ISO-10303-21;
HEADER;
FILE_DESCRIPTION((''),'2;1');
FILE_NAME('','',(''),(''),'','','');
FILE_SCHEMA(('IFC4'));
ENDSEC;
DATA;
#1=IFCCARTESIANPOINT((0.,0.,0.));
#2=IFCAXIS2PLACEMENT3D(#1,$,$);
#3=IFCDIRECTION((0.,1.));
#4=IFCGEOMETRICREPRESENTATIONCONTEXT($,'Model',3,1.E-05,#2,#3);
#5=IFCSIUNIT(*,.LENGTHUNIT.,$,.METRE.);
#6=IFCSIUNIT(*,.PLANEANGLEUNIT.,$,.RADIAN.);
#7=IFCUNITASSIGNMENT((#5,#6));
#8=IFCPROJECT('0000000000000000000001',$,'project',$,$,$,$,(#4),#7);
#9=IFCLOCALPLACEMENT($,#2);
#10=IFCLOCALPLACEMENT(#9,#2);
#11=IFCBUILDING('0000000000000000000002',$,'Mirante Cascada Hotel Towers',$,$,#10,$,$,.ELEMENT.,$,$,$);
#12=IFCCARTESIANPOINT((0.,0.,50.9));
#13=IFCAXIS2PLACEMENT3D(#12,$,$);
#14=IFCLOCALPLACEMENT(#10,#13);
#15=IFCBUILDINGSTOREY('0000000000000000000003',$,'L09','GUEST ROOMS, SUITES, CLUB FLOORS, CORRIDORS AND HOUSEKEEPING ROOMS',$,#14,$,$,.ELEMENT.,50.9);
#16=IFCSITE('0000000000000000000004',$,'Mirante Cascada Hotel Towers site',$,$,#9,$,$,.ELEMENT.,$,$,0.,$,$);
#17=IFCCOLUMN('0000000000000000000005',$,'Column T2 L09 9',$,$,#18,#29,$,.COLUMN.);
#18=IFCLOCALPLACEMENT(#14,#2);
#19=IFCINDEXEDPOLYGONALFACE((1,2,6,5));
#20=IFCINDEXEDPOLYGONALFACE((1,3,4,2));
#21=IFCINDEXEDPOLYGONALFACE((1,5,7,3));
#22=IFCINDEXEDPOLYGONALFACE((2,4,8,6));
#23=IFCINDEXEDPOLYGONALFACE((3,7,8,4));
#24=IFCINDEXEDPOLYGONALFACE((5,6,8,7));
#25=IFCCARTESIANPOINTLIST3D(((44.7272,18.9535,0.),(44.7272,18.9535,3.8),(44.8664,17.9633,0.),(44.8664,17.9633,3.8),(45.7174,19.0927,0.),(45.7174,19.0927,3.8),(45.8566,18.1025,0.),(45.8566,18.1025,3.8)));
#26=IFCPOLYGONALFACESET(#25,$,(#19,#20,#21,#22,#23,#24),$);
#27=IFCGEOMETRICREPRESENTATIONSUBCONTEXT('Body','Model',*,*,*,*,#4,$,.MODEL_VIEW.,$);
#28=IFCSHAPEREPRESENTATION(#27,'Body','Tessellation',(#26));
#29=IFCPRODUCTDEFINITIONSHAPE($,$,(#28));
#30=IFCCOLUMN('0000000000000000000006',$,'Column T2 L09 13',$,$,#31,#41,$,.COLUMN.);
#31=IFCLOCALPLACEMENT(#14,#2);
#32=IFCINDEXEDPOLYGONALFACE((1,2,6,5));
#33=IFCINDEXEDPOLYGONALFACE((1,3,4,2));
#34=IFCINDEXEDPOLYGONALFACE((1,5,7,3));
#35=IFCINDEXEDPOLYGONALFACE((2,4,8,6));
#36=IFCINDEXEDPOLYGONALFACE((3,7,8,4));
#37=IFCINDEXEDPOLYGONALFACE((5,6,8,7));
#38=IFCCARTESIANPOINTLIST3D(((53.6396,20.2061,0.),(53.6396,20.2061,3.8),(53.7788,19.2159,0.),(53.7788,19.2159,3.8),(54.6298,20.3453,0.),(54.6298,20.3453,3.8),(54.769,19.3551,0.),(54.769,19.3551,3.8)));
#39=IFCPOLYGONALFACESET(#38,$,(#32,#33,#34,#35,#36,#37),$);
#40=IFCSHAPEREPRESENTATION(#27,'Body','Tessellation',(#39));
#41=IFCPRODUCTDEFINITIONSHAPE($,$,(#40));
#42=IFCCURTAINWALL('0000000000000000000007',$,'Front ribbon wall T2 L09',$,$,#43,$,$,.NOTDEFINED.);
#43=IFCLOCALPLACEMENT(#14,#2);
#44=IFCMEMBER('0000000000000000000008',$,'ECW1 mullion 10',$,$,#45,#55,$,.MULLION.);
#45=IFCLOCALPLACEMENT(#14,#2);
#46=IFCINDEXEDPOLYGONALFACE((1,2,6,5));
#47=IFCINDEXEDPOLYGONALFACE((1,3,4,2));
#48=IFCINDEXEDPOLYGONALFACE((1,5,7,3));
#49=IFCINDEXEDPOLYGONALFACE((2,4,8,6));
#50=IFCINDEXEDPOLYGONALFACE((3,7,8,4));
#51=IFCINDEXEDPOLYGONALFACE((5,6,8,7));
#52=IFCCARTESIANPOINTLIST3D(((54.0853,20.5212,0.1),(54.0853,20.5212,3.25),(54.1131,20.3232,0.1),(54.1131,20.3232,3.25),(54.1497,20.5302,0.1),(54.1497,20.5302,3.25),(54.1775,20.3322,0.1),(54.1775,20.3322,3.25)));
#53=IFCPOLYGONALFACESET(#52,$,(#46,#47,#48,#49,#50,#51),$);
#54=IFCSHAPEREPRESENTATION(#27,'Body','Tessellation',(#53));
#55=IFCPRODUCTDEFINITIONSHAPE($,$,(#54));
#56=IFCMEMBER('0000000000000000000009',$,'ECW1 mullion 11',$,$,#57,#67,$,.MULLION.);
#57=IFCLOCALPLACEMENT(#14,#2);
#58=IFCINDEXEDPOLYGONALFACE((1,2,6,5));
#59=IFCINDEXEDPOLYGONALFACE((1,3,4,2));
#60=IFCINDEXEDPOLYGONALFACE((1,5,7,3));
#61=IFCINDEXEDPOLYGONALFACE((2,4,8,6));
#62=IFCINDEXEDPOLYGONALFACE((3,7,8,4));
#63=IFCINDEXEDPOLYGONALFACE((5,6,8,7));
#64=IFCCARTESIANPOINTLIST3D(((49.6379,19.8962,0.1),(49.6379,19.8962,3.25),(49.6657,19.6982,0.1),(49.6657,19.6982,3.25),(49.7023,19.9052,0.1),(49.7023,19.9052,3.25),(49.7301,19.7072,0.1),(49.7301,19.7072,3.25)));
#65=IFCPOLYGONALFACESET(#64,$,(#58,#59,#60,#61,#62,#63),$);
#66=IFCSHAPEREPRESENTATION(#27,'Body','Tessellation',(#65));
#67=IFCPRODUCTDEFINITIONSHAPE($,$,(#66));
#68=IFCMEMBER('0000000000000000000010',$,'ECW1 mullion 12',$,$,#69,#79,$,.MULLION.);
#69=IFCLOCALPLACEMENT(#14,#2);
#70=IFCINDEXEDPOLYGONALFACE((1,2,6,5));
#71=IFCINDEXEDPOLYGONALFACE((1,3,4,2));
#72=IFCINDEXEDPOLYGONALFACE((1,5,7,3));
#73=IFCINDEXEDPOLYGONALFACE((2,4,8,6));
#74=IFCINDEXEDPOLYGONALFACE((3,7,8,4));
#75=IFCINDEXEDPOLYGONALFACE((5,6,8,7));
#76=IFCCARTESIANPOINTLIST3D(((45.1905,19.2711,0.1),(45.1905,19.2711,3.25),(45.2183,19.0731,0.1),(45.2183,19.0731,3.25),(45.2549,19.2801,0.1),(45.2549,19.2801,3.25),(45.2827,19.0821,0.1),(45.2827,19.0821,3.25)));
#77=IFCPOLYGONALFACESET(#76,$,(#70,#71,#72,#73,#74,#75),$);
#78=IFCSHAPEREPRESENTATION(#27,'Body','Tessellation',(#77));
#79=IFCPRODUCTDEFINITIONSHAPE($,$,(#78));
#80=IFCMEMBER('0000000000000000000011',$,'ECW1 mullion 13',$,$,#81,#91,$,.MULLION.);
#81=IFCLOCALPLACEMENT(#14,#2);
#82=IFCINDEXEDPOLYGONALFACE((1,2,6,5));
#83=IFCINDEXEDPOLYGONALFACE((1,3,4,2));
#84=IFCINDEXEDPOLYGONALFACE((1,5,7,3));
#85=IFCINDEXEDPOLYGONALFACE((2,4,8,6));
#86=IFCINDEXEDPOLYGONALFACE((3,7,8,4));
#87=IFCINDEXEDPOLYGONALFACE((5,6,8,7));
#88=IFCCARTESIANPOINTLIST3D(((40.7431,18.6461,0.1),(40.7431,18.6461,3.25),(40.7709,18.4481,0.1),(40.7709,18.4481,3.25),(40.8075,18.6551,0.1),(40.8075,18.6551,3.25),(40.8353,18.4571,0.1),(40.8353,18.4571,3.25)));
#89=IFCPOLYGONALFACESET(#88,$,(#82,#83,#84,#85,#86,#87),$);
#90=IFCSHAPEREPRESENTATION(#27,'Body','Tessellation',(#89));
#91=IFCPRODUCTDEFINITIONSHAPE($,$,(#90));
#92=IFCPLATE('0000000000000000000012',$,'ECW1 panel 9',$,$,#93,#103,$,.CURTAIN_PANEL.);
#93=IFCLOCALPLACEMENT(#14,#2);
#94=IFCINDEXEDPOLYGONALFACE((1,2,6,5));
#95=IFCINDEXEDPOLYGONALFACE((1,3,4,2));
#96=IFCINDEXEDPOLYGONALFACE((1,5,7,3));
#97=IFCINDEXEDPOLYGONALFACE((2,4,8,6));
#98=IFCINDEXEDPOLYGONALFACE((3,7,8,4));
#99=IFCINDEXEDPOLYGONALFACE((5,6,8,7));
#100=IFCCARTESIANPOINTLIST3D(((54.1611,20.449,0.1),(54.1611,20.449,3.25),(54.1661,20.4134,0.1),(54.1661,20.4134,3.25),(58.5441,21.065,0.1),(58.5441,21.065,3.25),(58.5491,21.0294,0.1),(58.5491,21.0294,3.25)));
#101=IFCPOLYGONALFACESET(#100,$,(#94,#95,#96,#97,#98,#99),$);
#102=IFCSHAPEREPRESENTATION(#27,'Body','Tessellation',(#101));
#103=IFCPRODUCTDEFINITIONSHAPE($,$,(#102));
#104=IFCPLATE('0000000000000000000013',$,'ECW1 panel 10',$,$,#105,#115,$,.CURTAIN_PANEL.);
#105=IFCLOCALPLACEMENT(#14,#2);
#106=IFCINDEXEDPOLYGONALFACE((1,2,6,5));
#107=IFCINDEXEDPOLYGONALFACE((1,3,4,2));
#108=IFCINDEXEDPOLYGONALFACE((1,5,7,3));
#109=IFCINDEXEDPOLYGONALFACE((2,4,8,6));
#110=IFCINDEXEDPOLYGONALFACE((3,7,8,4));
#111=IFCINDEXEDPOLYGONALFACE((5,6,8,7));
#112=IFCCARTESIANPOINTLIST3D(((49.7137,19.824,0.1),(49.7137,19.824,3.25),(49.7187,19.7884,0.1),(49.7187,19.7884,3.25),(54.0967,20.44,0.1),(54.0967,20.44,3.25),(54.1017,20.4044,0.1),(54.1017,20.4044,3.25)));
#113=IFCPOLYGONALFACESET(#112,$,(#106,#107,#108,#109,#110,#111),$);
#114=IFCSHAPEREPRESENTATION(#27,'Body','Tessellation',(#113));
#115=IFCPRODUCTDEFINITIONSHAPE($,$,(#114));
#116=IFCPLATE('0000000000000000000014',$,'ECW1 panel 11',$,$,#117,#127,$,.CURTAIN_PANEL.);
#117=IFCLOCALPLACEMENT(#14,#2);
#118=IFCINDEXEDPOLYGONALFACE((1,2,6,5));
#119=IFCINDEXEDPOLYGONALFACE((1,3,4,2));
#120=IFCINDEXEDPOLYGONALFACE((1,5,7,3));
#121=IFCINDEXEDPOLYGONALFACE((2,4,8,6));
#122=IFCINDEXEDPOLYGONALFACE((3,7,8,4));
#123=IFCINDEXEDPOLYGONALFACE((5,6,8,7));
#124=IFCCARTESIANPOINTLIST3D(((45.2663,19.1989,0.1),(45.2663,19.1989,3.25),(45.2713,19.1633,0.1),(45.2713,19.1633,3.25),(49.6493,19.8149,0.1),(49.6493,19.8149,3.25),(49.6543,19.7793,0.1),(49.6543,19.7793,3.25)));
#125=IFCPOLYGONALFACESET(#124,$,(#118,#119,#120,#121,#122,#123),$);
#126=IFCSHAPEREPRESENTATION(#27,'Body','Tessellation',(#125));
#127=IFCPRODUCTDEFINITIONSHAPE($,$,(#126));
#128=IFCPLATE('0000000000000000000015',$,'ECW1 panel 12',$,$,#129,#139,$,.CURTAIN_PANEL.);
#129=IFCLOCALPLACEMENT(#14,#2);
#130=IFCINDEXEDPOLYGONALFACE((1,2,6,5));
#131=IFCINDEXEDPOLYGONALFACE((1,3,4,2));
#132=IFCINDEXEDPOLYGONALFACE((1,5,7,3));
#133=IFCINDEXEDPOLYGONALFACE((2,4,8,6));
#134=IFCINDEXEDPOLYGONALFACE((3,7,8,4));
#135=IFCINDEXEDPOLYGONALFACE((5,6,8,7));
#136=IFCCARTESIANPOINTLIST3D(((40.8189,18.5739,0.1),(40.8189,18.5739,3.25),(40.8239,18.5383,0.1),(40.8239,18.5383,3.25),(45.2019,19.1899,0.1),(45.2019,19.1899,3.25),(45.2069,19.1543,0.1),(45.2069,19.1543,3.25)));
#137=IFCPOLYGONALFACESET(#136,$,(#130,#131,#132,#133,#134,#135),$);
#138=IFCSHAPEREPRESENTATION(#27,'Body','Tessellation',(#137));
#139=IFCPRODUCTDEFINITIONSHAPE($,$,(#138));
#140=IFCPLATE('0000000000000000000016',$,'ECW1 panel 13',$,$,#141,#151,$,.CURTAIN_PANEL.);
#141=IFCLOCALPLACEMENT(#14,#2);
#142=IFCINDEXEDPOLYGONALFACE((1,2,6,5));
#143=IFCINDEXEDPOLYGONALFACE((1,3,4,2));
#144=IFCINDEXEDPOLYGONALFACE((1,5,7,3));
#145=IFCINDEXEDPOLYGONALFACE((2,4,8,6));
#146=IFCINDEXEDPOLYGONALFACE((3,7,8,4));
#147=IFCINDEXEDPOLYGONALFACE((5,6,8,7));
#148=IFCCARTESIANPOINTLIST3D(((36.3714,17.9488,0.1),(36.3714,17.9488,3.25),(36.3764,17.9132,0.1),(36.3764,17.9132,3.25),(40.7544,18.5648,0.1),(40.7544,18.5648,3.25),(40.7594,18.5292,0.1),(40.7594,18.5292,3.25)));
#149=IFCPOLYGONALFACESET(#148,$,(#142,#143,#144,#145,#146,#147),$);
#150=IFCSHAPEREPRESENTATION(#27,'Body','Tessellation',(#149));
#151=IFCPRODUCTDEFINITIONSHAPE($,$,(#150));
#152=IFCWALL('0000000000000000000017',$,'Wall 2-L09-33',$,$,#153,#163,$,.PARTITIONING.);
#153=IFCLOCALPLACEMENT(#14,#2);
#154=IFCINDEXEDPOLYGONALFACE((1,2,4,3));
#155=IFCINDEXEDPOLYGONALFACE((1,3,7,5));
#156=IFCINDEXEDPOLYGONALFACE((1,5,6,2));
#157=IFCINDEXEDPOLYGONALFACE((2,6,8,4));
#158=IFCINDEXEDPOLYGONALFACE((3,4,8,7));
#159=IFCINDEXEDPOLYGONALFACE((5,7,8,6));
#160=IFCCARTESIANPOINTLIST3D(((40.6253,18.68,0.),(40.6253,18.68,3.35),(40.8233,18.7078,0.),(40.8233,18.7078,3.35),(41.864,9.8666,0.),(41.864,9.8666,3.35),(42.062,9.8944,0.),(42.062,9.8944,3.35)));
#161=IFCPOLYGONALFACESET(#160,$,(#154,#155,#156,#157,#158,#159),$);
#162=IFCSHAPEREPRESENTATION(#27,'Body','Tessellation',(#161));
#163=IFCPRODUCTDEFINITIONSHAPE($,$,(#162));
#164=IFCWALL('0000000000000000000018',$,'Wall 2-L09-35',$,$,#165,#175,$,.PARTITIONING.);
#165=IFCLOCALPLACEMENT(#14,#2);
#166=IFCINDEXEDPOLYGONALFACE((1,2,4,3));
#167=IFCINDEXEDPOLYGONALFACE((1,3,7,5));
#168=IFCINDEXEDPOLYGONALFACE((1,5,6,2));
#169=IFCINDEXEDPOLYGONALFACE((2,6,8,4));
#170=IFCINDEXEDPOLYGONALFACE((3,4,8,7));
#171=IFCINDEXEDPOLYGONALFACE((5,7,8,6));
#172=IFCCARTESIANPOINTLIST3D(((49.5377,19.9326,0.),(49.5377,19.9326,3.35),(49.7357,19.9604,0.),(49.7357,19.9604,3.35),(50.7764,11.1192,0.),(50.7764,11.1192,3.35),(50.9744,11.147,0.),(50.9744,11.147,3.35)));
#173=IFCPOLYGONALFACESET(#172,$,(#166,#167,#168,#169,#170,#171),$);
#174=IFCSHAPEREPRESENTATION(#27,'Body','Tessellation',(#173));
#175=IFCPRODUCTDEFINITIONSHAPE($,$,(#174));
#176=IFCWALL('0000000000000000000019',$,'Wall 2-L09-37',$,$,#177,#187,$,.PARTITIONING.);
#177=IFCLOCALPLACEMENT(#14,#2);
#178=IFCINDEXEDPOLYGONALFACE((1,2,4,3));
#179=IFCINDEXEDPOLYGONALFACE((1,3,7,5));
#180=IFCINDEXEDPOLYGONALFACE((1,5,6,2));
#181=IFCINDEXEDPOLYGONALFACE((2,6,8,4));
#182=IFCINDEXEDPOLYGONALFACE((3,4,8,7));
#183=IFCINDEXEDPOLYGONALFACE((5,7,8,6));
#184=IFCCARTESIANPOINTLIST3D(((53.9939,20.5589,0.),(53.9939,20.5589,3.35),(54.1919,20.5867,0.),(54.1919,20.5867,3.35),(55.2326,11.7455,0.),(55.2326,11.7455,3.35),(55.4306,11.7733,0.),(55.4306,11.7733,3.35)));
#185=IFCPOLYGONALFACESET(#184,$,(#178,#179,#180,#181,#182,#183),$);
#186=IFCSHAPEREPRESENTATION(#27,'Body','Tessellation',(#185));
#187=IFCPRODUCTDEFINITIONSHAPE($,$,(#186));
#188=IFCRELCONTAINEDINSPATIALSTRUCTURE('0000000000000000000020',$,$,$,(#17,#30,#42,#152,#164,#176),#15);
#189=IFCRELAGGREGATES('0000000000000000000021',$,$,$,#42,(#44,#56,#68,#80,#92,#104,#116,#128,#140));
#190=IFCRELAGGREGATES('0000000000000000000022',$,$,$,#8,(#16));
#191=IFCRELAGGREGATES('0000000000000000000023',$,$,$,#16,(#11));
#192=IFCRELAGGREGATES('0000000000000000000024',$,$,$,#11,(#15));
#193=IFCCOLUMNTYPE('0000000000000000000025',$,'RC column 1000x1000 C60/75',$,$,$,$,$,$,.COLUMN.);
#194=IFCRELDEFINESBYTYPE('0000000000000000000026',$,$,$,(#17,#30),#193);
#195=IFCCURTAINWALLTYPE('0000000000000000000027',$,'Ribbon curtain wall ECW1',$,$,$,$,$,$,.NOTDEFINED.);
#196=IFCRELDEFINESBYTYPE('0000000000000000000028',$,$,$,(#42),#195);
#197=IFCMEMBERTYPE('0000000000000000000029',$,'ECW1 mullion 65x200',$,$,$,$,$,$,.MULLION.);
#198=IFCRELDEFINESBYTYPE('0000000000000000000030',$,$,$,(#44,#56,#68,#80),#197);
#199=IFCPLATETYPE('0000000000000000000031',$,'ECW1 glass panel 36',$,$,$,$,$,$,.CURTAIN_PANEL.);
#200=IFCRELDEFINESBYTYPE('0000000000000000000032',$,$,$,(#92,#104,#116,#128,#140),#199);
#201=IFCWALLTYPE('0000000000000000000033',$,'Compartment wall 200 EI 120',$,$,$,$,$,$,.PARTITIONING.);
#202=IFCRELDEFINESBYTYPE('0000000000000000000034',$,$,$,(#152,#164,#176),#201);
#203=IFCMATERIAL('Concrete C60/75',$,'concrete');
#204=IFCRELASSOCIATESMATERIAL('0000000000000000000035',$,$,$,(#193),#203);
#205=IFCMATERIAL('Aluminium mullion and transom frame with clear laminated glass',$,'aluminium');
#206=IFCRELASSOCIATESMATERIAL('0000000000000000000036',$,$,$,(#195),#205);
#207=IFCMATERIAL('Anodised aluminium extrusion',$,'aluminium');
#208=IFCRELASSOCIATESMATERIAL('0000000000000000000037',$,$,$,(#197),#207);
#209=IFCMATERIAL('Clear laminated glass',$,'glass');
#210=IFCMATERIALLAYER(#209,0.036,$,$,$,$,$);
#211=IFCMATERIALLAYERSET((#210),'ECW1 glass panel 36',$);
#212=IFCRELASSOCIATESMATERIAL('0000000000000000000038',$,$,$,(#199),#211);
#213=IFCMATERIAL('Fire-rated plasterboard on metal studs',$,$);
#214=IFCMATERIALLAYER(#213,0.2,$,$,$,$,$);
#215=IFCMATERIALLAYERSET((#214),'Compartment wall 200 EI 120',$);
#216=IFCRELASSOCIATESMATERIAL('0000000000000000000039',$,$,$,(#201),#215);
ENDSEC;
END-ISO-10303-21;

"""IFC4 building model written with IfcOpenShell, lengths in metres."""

from ifc_helpers import new_model, si_unit, direction, frame, frame_2d, origin, origin_2d, place, context, subcontext, project, spatial, rectangle, extrude, material, layer, layer_set, material_profile, profile_set, type_object, element, aggregate, save


model = new_model("IFC4")

# Units and contexts
model_context = context("Model", 3, precision=1e-05, world=origin(), true_north=direction((0.0, 1.0)))
body_context = subcontext(model_context, "Body", "Model", "MODEL_VIEW")
ifc_project = project(units=[si_unit("LENGTHUNIT", "METRE"), si_unit("PLANEANGLEUNIT", "RADIAN")], contexts=[model_context])

# Site, building, storey
site_placement = place(None, origin())
site = spatial("IfcSite", under=ifc_project, at=site_placement, Name="Mirante Cascada Hotel Towers site", CompositionType="ELEMENT", RefElevation=0.0)
building_placement = place(site_placement, origin())
building = spatial("IfcBuilding", under=site, at=building_placement, Name="Mirante Cascada Hotel Towers", CompositionType="ELEMENT")
storey_placement = place(building_placement, frame((0.0, 0.0, 50.9)))
storey = spatial("IfcBuildingStorey", under=building, at=storey_placement, Name="L09", Description="GUEST ROOMS, SUITES, CLUB FLOORS, CORRIDORS AND HOUSEKEEPING ROOMS", CompositionType="ELEMENT", Elevation=50.9)

# Columns
ifc_material_1 = material(Name="Concrete C60/75", Category="concrete")
ifc_material_profile_1 = material_profile(ifc_material_1, rectangle(XDim=1.0, YDim=1.0, at=origin_2d()), Name="RC column 1000x1000 C60/75")
ifc_profile_set_1 = profile_set([ifc_material_profile_1], Name="Concrete C60/75")
column_type = type_object("IfcColumnType", Name="RC column 1000x1000 C60/75", PredefinedType="COLUMN", material=ifc_profile_set_1)
for number, where, z_axis, x_axis, name in (
    (1, (45.2919, 18.528, 0.0), (0.0, 0.0, 1.0), (0.990268, 0.139173, 0.0), "Column T2 L09 9"),
    (2, (54.2043, 19.7806, 0.0), (0.0, 0.0, 1.0), (0.990268, 0.139173, 0.0), "Column T2 L09 13"),
):
    element("IfcColumn", number, at=place(storey_placement, frame(where, z_axis=z_axis, x_axis=x_axis)), inside=storey, type_object=column_type, Name=name, PredefinedType="COLUMN", context=body_context, shape_type="SweptSolid", body=[
        extrude(rectangle(XDim=1.0, YDim=1.0, at=origin_2d()), origin(), (0.0, 0.0, 1.0), 3.8),
    ])

# Curtain wall, members, plates
ifc_material_2 = material(Name="Aluminium mullion and transom frame with clear laminated glass", Category="aluminium")
curtain_wall_type = type_object("IfcCurtainWallType", Name="Ribbon curtain wall ECW1", PredefinedType="NOTDEFINED", material=ifc_material_2)
curtain_wall_placement = place(storey_placement, origin())
curtain_wall = element("IfcCurtainWall", 3, at=curtain_wall_placement, inside=storey, type_object=curtain_wall_type, Name="Front ribbon wall T2 L09", PredefinedType="NOTDEFINED")
ifc_material_3 = material(Name="Anodised aluminium extrusion", Category="aluminium")
ifc_material_profile_2 = material_profile(ifc_material_3, rectangle(XDim=0.2, YDim=0.065, at=origin_2d()), Name="ECW1 MULLION 65x200")
ifc_profile_set_2 = profile_set([ifc_material_profile_2], Name="Anodised aluminium extrusion")
member_type = type_object("IfcMemberType", Name="ECW1 mullion 65x200", PredefinedType="MULLION", material=ifc_profile_set_2)
member_1_placement = place(storey_placement, frame((54.1314, 20.4267, 0.1), z_axis=(0.0, 0.0, 1.0), x_axis=(0.139173, -0.990268, 0.0)))
member_1 = element("IfcMember", 4, at=member_1_placement, type_object=member_type, Name="ECW1 mullion 10", PredefinedType="MULLION", context=body_context, shape_type="SweptSolid", body=[
    extrude(rectangle(XDim=0.2, YDim=0.065, at=origin_2d()), origin(), (0.0, 0.0, 1.0), 3.15),
])
member_2_placement = place(storey_placement, frame((49.684, 19.8017, 0.1), z_axis=(0.0, 0.0, 1.0), x_axis=(0.139173, -0.990268, 0.0)))
member_2 = element("IfcMember", 5, at=member_2_placement, type_object=member_type, Name="ECW1 mullion 11", PredefinedType="MULLION", context=body_context, shape_type="SweptSolid", body=[
    extrude(rectangle(XDim=0.2, YDim=0.065, at=origin_2d()), origin(), (0.0, 0.0, 1.0), 3.15),
])
member_3_placement = place(storey_placement, frame((45.2366, 19.1766, 0.1), z_axis=(0.0, 0.0, 1.0), x_axis=(0.139173, -0.990268, 0.0)))
member_3 = element("IfcMember", 6, at=member_3_placement, type_object=member_type, Name="ECW1 mullion 12", PredefinedType="MULLION", context=body_context, shape_type="SweptSolid", body=[
    extrude(rectangle(XDim=0.2, YDim=0.065, at=origin_2d()), origin(), (0.0, 0.0, 1.0), 3.15),
])
member_4_placement = place(storey_placement, frame((40.7892, 18.5516, 0.1), z_axis=(0.0, 0.0, 1.0), x_axis=(0.139173, -0.990268, 0.0)))
member_4 = element("IfcMember", 7, at=member_4_placement, type_object=member_type, Name="ECW1 mullion 13", PredefinedType="MULLION", context=body_context, shape_type="SweptSolid", body=[
    extrude(rectangle(XDim=0.2, YDim=0.065, at=origin_2d()), origin(), (0.0, 0.0, 1.0), 3.15),
])
ifc_material_4 = material(Name="Clear laminated glass", Category="glass")
ifc_layer_1 = layer(ifc_material_4, 0.036)
ifc_layer_set_1 = layer_set([ifc_layer_1], Name="ECW1 glass panel 36")
plate_type = type_object("IfcPlateType", Name="ECW1 glass panel 36", PredefinedType="CURTAIN_PANEL", material=ifc_layer_set_1)
plate_1_placement = place(storey_placement, frame((56.3551, 20.7392, 0.1), z_axis=(0.0, 0.0, 1.0), x_axis=(-0.990268, -0.139173, 0.0)))
plate_1 = element("IfcPlate", 8, at=plate_1_placement, type_object=plate_type, Name="ECW1 panel 9", PredefinedType="CURTAIN_PANEL", context=body_context, shape_type="SweptSolid", body=[
    extrude(rectangle(XDim=4.4261, YDim=0.036, at=origin_2d()), origin(), (0.0, 0.0, 1.0), 3.15),
])
plate_2_placement = place(storey_placement, frame((51.9077, 20.1142, 0.1), z_axis=(0.0, 0.0, 1.0), x_axis=(-0.990268, -0.139173, 0.0)))
plate_2 = element("IfcPlate", 9, at=plate_2_placement, type_object=plate_type, Name="ECW1 panel 10", PredefinedType="CURTAIN_PANEL", context=body_context, shape_type="SweptSolid", body=[
    extrude(rectangle(XDim=4.4261, YDim=0.036, at=origin_2d()), origin(), (0.0, 0.0, 1.0), 3.15),
])
plate_3_placement = place(storey_placement, frame((47.4603, 19.4891, 0.1), z_axis=(0.0, 0.0, 1.0), x_axis=(-0.990268, -0.139173, 0.0)))
plate_3 = element("IfcPlate", 10, at=plate_3_placement, type_object=plate_type, Name="ECW1 panel 11", PredefinedType="CURTAIN_PANEL", context=body_context, shape_type="SweptSolid", body=[
    extrude(rectangle(XDim=4.4261, YDim=0.036, at=origin_2d()), origin(), (0.0, 0.0, 1.0), 3.15),
])
plate_4_placement = place(storey_placement, frame((43.0129, 18.8641, 0.1), z_axis=(0.0, 0.0, 1.0), x_axis=(-0.990268, -0.139173, 0.0)))
plate_4 = element("IfcPlate", 11, at=plate_4_placement, type_object=plate_type, Name="ECW1 panel 12", PredefinedType="CURTAIN_PANEL", context=body_context, shape_type="SweptSolid", body=[
    extrude(rectangle(XDim=4.4261, YDim=0.036, at=origin_2d()), origin(), (0.0, 0.0, 1.0), 3.15),
])
plate_5_placement = place(storey_placement, frame((38.5654, 18.239, 0.1), z_axis=(0.0, 0.0, 1.0), x_axis=(-0.990268, -0.139173, 0.0)))
plate_5 = element("IfcPlate", 12, at=plate_5_placement, type_object=plate_type, Name="ECW1 panel 13", PredefinedType="CURTAIN_PANEL", context=body_context, shape_type="SweptSolid", body=[
    extrude(rectangle(XDim=4.4261, YDim=0.036, at=origin_2d()), origin(), (0.0, 0.0, 1.0), 3.15),
])
aggregate(curtain_wall, [member_1, member_2, member_3, member_4, plate_1, plate_2, plate_3, plate_4, plate_5])

# Walls
ifc_material_5 = material(Name="Fire-rated plasterboard on metal studs")
ifc_layer_2 = layer(ifc_material_5, 0.2)
ifc_layer_set_2 = layer_set([ifc_layer_2], Name="Compartment wall 200 EI 120")
wall_type_1 = type_object("IfcWallType", Name="Compartment wall 200 EI 120", PredefinedType="PARTITIONING", material=ifc_layer_set_2)
for number, where, z_axis, x_axis, name in (
    (13, (40.7243, 18.6939, 0.0), (0.0, 0.0, 1.0), (0.139179, -0.990267, 0.0), "Wall 2-L09-33"),
    (14, (49.6367, 19.9465, 0.0), (0.0, 0.0, 1.0), (0.139179, -0.990267, 0.0), "Wall 2-L09-35"),
    (15, (54.0929, 20.5728, 0.0), (0.0, 0.0, 1.0), (0.139179, -0.990267, 0.0), "Wall 2-L09-37"),
):
    element("IfcWall", number, at=place(storey_placement, frame(where, z_axis=z_axis, x_axis=x_axis)), inside=storey, type_object=wall_type_1, Name=name, PredefinedType="PARTITIONING", context=body_context, shape_type="SweptSolid", body=[
        extrude(rectangle(XDim=8.9, YDim=0.2, at=frame_2d((4.45, 0.0))), origin(), (0.0, 0.0, 1.0), 3.35),
    ])

save(model, "model.ifc")
